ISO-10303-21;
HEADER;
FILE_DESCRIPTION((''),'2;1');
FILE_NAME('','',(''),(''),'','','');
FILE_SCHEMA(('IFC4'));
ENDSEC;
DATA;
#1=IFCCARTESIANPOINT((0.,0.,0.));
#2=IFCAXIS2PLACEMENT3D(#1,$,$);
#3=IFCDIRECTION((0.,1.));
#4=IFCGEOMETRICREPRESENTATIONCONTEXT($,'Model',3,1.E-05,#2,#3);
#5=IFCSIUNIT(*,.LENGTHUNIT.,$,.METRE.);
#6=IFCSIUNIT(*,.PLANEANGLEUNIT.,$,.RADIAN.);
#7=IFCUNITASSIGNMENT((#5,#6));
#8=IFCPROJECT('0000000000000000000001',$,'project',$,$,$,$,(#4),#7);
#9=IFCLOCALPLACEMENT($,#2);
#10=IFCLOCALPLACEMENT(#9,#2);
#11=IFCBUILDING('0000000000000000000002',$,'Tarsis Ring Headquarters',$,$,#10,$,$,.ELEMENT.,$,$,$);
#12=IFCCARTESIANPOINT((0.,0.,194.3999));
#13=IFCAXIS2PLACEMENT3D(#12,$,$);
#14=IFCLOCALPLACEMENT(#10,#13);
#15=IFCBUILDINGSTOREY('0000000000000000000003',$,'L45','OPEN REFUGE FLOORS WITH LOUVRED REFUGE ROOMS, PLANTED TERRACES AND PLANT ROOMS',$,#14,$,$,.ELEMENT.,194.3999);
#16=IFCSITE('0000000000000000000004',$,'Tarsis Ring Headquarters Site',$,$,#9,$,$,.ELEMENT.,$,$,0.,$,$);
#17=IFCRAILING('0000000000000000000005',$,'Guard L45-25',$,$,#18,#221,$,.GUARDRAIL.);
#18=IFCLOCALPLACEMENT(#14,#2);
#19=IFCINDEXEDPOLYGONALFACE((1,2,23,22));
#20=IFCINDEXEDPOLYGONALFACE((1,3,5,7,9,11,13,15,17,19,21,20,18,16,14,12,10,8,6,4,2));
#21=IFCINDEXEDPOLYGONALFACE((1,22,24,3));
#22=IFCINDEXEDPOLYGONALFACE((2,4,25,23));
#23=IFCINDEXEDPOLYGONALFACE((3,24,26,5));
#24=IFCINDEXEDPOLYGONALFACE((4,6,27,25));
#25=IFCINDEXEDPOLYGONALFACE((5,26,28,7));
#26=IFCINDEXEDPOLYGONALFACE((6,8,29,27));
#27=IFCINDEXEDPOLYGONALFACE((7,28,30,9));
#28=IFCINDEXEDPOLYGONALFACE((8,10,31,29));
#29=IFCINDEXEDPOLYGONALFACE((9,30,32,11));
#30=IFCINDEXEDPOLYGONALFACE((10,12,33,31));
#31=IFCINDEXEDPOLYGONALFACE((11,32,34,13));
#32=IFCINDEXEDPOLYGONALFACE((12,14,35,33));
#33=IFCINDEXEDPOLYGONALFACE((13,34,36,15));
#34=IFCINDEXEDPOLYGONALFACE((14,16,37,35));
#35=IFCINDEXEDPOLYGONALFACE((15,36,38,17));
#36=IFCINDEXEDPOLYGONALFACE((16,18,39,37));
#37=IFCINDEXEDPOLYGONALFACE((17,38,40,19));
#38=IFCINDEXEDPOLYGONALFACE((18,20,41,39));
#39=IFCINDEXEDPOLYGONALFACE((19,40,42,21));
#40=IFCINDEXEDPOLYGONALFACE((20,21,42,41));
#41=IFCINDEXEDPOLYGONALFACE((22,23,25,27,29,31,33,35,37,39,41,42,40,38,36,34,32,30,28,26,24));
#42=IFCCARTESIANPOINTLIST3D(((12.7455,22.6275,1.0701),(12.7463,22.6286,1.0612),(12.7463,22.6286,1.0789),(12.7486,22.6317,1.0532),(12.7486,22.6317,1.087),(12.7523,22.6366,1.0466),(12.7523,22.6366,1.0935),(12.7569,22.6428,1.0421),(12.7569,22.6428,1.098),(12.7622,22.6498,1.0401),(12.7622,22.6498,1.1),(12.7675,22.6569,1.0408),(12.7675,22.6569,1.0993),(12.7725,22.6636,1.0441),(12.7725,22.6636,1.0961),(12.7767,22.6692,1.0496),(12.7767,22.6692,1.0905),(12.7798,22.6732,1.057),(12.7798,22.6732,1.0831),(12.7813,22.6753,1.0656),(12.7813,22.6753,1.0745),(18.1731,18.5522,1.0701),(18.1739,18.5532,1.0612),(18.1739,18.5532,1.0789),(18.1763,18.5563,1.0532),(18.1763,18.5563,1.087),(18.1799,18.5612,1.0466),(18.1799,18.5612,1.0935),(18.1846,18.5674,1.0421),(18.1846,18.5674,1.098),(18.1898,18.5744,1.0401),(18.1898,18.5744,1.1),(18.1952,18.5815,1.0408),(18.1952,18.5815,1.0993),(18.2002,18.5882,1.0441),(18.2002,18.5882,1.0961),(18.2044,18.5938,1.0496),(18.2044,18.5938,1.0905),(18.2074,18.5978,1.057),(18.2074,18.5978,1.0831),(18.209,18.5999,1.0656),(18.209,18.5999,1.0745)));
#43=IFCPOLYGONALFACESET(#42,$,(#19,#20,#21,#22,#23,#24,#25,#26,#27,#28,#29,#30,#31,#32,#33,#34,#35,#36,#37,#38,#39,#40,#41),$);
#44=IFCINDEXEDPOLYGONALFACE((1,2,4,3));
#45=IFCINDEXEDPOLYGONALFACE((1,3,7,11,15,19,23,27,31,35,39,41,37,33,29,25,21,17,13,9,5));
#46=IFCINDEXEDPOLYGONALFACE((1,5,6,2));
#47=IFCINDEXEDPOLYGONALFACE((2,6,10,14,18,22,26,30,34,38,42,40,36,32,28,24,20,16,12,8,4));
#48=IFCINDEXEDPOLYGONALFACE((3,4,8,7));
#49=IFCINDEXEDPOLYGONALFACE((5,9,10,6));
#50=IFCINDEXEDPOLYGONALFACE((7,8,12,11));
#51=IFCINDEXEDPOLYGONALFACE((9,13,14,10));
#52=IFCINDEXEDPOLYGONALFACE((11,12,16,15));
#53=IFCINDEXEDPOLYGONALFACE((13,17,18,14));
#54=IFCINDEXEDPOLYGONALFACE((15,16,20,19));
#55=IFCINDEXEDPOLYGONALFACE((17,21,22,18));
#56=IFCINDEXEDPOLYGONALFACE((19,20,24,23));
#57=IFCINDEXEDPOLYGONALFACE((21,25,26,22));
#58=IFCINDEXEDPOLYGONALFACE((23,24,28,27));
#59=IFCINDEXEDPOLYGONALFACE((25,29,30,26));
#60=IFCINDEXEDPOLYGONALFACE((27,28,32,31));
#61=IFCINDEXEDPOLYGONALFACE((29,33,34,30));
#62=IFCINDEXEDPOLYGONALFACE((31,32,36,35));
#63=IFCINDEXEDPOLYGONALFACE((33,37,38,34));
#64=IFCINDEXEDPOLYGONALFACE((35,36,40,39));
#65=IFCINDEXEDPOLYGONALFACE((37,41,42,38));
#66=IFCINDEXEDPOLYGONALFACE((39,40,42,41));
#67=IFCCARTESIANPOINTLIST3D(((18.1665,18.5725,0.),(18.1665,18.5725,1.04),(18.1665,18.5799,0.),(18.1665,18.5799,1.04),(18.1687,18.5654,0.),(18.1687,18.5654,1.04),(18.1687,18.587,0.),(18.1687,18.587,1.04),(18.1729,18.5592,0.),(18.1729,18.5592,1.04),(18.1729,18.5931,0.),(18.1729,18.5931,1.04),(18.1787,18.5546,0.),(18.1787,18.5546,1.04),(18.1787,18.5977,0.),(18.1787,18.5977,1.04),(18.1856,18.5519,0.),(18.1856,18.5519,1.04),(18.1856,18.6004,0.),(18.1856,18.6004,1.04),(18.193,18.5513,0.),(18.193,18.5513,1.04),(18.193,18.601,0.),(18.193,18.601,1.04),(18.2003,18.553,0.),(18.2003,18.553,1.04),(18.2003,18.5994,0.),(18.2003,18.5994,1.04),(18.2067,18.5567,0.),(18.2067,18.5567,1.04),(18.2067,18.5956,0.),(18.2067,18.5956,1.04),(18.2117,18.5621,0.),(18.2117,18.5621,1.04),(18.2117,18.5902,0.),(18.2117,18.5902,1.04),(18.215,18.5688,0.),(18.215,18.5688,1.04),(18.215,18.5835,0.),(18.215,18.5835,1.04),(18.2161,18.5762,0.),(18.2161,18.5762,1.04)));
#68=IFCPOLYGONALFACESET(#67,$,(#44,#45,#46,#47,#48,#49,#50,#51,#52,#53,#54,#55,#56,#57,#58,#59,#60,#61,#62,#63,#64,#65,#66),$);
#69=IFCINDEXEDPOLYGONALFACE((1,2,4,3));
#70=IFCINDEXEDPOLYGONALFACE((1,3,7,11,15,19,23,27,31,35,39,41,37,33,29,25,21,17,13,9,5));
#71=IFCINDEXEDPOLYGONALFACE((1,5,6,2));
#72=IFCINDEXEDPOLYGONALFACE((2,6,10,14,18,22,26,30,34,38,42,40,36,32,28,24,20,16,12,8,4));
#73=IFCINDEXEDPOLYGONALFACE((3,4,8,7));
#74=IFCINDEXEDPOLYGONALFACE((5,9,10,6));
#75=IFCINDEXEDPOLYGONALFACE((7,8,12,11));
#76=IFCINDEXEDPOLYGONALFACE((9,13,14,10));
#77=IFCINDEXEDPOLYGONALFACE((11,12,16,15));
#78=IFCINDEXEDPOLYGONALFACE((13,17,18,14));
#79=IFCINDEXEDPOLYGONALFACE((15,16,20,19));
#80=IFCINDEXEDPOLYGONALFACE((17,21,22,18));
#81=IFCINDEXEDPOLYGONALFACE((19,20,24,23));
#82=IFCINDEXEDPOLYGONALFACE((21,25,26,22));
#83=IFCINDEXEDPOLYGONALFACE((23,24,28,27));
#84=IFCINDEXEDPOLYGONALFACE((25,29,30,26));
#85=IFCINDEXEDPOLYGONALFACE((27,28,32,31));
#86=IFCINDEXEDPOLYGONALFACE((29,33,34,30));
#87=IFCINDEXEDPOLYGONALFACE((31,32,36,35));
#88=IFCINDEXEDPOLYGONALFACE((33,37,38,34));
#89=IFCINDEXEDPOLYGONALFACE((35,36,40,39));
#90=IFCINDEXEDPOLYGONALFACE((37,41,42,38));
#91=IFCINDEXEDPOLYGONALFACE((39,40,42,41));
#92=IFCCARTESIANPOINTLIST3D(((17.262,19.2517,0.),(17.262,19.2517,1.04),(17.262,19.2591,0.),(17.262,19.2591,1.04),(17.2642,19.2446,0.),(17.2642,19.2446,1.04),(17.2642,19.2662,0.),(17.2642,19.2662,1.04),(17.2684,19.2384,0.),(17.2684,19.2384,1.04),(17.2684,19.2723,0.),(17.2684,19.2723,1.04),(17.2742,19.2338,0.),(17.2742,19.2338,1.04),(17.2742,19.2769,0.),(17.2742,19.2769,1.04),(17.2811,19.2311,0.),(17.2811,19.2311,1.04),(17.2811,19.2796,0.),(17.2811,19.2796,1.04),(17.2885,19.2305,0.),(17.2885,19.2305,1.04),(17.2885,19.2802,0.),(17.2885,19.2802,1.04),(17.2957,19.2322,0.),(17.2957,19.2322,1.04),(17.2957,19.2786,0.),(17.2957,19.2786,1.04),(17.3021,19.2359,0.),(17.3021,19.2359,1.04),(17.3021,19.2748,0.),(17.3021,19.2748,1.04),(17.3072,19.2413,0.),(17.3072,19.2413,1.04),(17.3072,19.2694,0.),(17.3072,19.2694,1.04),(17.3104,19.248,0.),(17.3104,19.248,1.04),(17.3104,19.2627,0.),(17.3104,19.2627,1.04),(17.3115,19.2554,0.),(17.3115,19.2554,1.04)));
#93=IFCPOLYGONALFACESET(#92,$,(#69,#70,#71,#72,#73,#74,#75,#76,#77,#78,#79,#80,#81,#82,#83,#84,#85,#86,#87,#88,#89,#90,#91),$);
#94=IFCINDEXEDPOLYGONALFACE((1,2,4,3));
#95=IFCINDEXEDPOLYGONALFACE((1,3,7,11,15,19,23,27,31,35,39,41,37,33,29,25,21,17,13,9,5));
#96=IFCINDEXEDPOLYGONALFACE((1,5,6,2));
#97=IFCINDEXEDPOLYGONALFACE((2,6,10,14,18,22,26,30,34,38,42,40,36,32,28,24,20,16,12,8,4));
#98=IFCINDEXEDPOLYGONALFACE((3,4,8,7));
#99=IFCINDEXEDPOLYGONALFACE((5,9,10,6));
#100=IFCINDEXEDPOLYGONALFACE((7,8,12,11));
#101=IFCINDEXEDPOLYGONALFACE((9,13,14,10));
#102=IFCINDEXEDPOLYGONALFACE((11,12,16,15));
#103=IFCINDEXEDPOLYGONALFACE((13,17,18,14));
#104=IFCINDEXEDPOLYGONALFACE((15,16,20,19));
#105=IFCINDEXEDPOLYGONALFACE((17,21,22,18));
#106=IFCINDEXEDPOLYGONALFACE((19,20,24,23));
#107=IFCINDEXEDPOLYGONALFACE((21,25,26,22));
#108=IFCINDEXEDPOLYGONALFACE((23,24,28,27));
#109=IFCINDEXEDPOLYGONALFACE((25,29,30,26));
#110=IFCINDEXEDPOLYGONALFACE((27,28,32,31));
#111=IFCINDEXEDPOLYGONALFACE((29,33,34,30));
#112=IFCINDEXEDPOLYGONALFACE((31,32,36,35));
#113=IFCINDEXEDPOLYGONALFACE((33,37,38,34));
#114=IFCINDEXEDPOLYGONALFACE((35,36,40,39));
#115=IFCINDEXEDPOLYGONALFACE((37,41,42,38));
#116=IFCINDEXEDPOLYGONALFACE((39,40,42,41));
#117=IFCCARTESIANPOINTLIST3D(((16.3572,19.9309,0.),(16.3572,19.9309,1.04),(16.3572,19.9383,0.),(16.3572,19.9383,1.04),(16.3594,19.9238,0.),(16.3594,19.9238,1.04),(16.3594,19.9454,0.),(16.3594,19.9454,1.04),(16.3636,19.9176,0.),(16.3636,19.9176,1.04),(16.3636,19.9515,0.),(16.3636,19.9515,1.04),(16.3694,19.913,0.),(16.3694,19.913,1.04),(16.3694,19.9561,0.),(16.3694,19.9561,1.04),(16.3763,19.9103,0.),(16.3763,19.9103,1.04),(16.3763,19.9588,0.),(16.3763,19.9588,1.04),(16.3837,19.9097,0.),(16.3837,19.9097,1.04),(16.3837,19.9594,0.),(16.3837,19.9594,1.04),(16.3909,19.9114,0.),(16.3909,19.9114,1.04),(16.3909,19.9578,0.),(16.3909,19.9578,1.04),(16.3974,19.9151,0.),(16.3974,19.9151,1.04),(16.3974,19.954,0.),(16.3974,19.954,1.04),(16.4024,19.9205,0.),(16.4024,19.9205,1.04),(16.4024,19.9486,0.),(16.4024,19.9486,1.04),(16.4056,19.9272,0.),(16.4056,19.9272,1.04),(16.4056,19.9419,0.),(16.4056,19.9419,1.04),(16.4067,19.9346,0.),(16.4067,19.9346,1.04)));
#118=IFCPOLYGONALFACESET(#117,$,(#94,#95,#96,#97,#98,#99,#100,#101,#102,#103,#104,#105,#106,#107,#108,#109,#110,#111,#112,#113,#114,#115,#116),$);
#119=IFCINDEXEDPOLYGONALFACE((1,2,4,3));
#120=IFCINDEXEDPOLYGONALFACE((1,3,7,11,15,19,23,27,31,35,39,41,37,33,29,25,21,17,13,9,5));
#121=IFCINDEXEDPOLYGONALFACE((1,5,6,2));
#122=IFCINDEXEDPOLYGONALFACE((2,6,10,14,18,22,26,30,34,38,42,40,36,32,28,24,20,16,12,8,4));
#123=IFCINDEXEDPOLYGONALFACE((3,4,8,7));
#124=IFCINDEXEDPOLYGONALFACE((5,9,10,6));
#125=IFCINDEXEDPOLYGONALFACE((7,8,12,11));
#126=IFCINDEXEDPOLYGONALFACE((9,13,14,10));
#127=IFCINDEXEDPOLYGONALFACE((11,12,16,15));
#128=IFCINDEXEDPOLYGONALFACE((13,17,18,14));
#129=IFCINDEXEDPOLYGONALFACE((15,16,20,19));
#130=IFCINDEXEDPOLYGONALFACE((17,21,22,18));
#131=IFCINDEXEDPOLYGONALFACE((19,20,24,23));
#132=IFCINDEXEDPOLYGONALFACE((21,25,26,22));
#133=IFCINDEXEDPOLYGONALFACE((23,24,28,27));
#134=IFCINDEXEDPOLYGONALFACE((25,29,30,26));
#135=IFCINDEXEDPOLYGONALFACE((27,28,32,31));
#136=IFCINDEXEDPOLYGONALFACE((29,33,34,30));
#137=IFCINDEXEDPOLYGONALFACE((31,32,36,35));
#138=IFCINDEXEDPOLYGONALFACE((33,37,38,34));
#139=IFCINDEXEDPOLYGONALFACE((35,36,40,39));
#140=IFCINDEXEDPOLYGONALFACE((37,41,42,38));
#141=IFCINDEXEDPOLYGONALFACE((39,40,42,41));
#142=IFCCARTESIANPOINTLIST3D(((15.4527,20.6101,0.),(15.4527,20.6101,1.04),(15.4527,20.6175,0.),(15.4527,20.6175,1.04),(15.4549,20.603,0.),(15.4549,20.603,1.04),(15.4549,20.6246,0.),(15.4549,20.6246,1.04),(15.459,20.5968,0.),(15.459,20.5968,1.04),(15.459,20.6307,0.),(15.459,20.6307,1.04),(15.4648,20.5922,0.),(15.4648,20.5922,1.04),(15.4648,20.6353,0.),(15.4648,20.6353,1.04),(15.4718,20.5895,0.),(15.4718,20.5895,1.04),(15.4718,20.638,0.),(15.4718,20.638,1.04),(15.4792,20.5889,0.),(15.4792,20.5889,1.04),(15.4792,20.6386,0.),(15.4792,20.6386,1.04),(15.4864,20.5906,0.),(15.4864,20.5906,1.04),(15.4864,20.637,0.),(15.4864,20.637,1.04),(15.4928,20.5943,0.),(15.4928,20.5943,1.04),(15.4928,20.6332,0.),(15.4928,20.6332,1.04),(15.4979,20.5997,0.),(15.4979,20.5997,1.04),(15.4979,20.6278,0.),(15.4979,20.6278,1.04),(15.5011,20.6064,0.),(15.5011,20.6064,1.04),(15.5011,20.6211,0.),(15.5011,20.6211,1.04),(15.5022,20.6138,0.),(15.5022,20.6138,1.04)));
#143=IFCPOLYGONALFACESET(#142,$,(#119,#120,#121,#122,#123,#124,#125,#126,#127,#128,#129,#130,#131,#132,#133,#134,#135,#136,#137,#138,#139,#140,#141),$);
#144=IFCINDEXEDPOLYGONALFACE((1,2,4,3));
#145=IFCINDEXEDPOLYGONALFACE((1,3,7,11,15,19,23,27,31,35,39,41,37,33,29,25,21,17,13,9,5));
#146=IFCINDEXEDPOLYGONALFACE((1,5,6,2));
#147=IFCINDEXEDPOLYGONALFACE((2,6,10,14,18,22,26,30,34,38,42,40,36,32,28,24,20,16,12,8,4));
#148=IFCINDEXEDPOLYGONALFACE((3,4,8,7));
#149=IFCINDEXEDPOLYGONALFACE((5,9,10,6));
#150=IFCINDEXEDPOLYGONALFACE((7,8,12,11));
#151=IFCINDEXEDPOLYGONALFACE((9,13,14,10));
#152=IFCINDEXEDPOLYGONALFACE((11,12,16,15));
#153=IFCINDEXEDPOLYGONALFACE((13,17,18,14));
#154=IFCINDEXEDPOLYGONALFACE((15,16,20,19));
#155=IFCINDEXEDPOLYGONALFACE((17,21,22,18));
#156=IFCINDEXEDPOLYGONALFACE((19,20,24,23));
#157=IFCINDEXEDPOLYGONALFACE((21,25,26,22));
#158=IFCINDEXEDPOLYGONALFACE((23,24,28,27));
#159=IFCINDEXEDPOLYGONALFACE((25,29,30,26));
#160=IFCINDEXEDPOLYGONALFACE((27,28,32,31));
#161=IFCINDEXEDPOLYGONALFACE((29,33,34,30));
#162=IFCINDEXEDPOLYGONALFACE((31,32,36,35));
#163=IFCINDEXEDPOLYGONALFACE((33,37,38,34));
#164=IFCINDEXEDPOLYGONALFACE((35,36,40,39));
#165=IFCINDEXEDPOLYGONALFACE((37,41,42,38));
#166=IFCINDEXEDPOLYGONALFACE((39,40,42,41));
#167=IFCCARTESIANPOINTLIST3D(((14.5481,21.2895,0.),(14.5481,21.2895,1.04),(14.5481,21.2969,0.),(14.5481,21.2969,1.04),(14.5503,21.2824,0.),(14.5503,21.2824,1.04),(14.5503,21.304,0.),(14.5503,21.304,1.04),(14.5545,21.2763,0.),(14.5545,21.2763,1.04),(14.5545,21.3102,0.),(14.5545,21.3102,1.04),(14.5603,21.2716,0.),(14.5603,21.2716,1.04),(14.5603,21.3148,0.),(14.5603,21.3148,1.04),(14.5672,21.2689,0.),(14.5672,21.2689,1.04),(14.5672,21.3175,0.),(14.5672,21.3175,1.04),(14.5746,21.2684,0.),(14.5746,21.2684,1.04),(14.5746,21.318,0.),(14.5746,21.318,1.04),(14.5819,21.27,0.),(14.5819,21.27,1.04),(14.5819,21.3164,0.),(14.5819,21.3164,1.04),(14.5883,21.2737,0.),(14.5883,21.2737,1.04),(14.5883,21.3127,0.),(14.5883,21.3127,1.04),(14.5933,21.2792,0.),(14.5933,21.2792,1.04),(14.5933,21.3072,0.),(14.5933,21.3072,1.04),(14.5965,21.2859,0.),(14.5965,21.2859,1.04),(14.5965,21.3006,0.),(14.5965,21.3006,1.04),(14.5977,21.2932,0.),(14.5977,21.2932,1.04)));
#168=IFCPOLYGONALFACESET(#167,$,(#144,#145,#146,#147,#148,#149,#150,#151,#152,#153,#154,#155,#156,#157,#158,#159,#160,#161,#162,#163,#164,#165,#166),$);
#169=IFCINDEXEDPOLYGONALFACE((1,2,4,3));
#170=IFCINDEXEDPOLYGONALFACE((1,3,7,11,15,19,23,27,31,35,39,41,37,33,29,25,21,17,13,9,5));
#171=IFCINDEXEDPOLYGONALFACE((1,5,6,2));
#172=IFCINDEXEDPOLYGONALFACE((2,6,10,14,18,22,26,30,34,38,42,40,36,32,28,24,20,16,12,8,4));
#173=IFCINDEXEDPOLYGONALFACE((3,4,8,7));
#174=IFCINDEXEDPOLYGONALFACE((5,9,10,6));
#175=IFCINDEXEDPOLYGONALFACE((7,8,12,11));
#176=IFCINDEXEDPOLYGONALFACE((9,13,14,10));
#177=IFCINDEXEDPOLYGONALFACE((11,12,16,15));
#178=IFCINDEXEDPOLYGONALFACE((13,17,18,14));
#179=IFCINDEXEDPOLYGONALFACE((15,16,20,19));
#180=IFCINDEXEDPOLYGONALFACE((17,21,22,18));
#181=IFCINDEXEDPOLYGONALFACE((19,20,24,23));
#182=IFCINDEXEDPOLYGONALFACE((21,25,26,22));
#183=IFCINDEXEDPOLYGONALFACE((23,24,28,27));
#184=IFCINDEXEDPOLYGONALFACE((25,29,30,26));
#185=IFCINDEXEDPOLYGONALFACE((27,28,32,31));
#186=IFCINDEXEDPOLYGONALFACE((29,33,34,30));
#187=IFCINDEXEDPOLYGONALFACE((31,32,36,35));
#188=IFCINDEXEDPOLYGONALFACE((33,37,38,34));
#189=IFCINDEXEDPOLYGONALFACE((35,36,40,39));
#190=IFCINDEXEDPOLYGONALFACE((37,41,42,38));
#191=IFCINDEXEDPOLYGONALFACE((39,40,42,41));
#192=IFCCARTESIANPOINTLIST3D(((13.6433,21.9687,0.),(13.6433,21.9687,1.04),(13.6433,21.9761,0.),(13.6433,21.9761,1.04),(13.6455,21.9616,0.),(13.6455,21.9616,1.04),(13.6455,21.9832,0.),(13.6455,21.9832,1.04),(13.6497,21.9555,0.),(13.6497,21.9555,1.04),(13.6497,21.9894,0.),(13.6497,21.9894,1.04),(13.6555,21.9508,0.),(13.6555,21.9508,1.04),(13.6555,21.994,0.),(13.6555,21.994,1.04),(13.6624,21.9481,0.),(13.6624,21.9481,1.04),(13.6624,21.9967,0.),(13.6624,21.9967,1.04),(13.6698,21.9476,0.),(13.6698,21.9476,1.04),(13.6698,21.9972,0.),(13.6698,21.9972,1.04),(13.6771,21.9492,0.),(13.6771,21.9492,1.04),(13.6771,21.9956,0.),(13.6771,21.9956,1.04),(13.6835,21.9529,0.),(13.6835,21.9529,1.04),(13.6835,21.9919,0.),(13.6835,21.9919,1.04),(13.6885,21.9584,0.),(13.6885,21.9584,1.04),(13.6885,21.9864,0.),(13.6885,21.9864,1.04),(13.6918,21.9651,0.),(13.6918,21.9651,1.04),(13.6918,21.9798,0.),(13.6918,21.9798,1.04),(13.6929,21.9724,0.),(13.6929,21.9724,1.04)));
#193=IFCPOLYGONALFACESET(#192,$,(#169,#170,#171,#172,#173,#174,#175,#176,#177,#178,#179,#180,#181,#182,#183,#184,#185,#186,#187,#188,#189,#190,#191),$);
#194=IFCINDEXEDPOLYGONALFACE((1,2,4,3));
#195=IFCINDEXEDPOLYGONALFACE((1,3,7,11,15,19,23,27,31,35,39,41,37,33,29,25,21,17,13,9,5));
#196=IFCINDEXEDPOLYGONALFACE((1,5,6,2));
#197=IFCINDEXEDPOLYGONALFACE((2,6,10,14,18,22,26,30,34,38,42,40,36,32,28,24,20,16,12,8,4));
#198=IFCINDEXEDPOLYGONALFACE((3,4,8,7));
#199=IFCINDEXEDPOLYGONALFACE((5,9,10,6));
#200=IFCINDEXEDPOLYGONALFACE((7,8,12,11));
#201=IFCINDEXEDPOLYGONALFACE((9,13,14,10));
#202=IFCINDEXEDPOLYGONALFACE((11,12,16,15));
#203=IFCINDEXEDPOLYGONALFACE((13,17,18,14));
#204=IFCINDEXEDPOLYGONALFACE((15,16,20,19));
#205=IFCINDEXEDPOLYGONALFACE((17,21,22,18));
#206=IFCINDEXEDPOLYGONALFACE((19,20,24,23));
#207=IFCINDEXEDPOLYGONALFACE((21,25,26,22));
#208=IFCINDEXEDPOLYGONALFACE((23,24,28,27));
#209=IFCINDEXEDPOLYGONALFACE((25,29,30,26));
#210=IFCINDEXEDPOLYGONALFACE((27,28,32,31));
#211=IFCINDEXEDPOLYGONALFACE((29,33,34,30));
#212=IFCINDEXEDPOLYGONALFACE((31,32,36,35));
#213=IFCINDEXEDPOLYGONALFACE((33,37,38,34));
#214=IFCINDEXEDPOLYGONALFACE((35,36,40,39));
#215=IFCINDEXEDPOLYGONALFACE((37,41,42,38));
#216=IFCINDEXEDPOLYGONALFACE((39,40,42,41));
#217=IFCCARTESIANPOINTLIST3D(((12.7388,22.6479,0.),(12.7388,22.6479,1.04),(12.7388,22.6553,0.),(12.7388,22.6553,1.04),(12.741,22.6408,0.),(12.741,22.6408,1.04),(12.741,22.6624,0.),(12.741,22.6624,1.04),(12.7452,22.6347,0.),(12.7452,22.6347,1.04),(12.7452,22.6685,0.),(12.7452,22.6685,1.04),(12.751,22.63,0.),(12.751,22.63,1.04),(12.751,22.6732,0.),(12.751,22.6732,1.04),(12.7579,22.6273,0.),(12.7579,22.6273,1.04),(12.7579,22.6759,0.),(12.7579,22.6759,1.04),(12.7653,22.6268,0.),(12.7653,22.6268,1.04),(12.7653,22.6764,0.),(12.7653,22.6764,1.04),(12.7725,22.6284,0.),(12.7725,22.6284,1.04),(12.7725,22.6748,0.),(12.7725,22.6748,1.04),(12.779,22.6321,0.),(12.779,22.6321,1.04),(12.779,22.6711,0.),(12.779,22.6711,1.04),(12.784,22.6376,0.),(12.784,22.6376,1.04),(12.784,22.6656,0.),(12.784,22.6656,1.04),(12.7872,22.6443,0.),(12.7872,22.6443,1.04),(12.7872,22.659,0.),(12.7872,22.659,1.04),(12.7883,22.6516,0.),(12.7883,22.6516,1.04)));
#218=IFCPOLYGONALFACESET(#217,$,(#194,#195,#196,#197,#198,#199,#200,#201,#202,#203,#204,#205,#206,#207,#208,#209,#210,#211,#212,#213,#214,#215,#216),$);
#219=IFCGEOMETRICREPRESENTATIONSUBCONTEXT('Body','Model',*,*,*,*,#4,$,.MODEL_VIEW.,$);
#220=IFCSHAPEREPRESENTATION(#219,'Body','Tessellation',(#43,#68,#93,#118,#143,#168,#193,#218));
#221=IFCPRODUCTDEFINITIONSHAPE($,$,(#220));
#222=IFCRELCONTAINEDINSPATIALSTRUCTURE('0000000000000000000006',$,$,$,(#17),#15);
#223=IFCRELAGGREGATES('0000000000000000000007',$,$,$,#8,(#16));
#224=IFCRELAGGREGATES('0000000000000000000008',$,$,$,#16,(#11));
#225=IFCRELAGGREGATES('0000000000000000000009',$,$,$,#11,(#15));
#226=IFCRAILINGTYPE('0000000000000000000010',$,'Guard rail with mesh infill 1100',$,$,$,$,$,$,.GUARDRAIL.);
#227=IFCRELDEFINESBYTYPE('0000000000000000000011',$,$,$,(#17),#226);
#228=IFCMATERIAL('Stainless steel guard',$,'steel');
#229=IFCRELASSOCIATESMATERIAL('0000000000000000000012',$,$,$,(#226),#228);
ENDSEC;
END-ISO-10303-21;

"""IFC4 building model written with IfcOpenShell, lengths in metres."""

from ifc_helpers import new_model, si_unit, direction, frame, origin, origin_2d, place, context, subcontext, project, spatial, circle, extrude, material, type_object, element, save


model = new_model("IFC4")

# Units and contexts
model_context = context("Model", 3, precision=1e-05, world=origin(), true_north=direction((0.0, 1.0)))
body_context = subcontext(model_context, "Body", "Model", "MODEL_VIEW")
ifc_project = project(units=[si_unit("LENGTHUNIT", "METRE"), si_unit("PLANEANGLEUNIT", "RADIAN")], contexts=[model_context])

# Site, building, storey
site_placement = place(None, origin())
site = spatial("IfcSite", under=ifc_project, at=site_placement, Name="Tarsis Ring Headquarters Site", CompositionType="ELEMENT", RefElevation=0.0)
building_placement = place(site_placement, origin())
building = spatial("IfcBuilding", under=site, at=building_placement, Name="Tarsis Ring Headquarters", CompositionType="ELEMENT")
storey_placement = place(building_placement, frame((0.0, 0.0, 194.3999)))
storey = spatial("IfcBuildingStorey", under=building, at=storey_placement, Name="L45", Description="OPEN REFUGE FLOORS WITH LOUVRED REFUGE ROOMS, PLANTED TERRACES AND PLANT ROOMS", CompositionType="ELEMENT", Elevation=194.3999)

# Railing
ifc_material_1 = material(Name="Stainless steel guard", Category="steel")
railing_type = type_object("IfcRailingType", Name="Guard rail with mesh infill 1100", PredefinedType="GUARDRAIL", material=ifc_material_1)
railing_1_placement = place(storey_placement, frame((18.1912, 18.5762, 0.0)))
element("IfcRailing", 1, at=railing_1_placement, inside=storey, type_object=railing_type, Name="Guard L45-25", PredefinedType="GUARDRAIL", context=body_context, shape_type="SweptSolid", body=[
    extrude(circle(Radius=0.03, at=origin_2d()), frame((0.0, 0.0, 1.0701), z_axis=(-0.799672, 0.600437, 0.0), x_axis=(-0.600437, -0.799672, 0.0)), (0.0, 0.0, 1.0), 6.7874),
    extrude(circle(Radius=0.0249, at=origin_2d()), origin(), (0.0, 0.0, 1.0), 1.04),
    extrude(circle(Radius=0.0249, at=origin_2d()), frame((-0.9045, 0.6792, 0.0)), (0.0, 0.0, 1.0), 1.04),
    extrude(circle(Radius=0.0249, at=origin_2d()), frame((-1.8093, 1.3584, 0.0)), (0.0, 0.0, 1.0), 1.04),
    extrude(circle(Radius=0.0249, at=origin_2d()), frame((-2.7139, 2.0376, 0.0)), (0.0, 0.0, 1.0), 1.04),
    extrude(circle(Radius=0.0249, at=origin_2d()), frame((-3.6184, 2.717, 0.0)), (0.0, 0.0, 1.0), 1.04),
    extrude(circle(Radius=0.0249, at=origin_2d()), frame((-4.5232, 3.3962, 0.0)), (0.0, 0.0, 1.0), 1.04),
    extrude(circle(Radius=0.0249, at=origin_2d()), frame((-5.4277, 4.0754, 0.0)), (0.0, 0.0, 1.0), 1.04),
])

save(model, "model.ifc")
